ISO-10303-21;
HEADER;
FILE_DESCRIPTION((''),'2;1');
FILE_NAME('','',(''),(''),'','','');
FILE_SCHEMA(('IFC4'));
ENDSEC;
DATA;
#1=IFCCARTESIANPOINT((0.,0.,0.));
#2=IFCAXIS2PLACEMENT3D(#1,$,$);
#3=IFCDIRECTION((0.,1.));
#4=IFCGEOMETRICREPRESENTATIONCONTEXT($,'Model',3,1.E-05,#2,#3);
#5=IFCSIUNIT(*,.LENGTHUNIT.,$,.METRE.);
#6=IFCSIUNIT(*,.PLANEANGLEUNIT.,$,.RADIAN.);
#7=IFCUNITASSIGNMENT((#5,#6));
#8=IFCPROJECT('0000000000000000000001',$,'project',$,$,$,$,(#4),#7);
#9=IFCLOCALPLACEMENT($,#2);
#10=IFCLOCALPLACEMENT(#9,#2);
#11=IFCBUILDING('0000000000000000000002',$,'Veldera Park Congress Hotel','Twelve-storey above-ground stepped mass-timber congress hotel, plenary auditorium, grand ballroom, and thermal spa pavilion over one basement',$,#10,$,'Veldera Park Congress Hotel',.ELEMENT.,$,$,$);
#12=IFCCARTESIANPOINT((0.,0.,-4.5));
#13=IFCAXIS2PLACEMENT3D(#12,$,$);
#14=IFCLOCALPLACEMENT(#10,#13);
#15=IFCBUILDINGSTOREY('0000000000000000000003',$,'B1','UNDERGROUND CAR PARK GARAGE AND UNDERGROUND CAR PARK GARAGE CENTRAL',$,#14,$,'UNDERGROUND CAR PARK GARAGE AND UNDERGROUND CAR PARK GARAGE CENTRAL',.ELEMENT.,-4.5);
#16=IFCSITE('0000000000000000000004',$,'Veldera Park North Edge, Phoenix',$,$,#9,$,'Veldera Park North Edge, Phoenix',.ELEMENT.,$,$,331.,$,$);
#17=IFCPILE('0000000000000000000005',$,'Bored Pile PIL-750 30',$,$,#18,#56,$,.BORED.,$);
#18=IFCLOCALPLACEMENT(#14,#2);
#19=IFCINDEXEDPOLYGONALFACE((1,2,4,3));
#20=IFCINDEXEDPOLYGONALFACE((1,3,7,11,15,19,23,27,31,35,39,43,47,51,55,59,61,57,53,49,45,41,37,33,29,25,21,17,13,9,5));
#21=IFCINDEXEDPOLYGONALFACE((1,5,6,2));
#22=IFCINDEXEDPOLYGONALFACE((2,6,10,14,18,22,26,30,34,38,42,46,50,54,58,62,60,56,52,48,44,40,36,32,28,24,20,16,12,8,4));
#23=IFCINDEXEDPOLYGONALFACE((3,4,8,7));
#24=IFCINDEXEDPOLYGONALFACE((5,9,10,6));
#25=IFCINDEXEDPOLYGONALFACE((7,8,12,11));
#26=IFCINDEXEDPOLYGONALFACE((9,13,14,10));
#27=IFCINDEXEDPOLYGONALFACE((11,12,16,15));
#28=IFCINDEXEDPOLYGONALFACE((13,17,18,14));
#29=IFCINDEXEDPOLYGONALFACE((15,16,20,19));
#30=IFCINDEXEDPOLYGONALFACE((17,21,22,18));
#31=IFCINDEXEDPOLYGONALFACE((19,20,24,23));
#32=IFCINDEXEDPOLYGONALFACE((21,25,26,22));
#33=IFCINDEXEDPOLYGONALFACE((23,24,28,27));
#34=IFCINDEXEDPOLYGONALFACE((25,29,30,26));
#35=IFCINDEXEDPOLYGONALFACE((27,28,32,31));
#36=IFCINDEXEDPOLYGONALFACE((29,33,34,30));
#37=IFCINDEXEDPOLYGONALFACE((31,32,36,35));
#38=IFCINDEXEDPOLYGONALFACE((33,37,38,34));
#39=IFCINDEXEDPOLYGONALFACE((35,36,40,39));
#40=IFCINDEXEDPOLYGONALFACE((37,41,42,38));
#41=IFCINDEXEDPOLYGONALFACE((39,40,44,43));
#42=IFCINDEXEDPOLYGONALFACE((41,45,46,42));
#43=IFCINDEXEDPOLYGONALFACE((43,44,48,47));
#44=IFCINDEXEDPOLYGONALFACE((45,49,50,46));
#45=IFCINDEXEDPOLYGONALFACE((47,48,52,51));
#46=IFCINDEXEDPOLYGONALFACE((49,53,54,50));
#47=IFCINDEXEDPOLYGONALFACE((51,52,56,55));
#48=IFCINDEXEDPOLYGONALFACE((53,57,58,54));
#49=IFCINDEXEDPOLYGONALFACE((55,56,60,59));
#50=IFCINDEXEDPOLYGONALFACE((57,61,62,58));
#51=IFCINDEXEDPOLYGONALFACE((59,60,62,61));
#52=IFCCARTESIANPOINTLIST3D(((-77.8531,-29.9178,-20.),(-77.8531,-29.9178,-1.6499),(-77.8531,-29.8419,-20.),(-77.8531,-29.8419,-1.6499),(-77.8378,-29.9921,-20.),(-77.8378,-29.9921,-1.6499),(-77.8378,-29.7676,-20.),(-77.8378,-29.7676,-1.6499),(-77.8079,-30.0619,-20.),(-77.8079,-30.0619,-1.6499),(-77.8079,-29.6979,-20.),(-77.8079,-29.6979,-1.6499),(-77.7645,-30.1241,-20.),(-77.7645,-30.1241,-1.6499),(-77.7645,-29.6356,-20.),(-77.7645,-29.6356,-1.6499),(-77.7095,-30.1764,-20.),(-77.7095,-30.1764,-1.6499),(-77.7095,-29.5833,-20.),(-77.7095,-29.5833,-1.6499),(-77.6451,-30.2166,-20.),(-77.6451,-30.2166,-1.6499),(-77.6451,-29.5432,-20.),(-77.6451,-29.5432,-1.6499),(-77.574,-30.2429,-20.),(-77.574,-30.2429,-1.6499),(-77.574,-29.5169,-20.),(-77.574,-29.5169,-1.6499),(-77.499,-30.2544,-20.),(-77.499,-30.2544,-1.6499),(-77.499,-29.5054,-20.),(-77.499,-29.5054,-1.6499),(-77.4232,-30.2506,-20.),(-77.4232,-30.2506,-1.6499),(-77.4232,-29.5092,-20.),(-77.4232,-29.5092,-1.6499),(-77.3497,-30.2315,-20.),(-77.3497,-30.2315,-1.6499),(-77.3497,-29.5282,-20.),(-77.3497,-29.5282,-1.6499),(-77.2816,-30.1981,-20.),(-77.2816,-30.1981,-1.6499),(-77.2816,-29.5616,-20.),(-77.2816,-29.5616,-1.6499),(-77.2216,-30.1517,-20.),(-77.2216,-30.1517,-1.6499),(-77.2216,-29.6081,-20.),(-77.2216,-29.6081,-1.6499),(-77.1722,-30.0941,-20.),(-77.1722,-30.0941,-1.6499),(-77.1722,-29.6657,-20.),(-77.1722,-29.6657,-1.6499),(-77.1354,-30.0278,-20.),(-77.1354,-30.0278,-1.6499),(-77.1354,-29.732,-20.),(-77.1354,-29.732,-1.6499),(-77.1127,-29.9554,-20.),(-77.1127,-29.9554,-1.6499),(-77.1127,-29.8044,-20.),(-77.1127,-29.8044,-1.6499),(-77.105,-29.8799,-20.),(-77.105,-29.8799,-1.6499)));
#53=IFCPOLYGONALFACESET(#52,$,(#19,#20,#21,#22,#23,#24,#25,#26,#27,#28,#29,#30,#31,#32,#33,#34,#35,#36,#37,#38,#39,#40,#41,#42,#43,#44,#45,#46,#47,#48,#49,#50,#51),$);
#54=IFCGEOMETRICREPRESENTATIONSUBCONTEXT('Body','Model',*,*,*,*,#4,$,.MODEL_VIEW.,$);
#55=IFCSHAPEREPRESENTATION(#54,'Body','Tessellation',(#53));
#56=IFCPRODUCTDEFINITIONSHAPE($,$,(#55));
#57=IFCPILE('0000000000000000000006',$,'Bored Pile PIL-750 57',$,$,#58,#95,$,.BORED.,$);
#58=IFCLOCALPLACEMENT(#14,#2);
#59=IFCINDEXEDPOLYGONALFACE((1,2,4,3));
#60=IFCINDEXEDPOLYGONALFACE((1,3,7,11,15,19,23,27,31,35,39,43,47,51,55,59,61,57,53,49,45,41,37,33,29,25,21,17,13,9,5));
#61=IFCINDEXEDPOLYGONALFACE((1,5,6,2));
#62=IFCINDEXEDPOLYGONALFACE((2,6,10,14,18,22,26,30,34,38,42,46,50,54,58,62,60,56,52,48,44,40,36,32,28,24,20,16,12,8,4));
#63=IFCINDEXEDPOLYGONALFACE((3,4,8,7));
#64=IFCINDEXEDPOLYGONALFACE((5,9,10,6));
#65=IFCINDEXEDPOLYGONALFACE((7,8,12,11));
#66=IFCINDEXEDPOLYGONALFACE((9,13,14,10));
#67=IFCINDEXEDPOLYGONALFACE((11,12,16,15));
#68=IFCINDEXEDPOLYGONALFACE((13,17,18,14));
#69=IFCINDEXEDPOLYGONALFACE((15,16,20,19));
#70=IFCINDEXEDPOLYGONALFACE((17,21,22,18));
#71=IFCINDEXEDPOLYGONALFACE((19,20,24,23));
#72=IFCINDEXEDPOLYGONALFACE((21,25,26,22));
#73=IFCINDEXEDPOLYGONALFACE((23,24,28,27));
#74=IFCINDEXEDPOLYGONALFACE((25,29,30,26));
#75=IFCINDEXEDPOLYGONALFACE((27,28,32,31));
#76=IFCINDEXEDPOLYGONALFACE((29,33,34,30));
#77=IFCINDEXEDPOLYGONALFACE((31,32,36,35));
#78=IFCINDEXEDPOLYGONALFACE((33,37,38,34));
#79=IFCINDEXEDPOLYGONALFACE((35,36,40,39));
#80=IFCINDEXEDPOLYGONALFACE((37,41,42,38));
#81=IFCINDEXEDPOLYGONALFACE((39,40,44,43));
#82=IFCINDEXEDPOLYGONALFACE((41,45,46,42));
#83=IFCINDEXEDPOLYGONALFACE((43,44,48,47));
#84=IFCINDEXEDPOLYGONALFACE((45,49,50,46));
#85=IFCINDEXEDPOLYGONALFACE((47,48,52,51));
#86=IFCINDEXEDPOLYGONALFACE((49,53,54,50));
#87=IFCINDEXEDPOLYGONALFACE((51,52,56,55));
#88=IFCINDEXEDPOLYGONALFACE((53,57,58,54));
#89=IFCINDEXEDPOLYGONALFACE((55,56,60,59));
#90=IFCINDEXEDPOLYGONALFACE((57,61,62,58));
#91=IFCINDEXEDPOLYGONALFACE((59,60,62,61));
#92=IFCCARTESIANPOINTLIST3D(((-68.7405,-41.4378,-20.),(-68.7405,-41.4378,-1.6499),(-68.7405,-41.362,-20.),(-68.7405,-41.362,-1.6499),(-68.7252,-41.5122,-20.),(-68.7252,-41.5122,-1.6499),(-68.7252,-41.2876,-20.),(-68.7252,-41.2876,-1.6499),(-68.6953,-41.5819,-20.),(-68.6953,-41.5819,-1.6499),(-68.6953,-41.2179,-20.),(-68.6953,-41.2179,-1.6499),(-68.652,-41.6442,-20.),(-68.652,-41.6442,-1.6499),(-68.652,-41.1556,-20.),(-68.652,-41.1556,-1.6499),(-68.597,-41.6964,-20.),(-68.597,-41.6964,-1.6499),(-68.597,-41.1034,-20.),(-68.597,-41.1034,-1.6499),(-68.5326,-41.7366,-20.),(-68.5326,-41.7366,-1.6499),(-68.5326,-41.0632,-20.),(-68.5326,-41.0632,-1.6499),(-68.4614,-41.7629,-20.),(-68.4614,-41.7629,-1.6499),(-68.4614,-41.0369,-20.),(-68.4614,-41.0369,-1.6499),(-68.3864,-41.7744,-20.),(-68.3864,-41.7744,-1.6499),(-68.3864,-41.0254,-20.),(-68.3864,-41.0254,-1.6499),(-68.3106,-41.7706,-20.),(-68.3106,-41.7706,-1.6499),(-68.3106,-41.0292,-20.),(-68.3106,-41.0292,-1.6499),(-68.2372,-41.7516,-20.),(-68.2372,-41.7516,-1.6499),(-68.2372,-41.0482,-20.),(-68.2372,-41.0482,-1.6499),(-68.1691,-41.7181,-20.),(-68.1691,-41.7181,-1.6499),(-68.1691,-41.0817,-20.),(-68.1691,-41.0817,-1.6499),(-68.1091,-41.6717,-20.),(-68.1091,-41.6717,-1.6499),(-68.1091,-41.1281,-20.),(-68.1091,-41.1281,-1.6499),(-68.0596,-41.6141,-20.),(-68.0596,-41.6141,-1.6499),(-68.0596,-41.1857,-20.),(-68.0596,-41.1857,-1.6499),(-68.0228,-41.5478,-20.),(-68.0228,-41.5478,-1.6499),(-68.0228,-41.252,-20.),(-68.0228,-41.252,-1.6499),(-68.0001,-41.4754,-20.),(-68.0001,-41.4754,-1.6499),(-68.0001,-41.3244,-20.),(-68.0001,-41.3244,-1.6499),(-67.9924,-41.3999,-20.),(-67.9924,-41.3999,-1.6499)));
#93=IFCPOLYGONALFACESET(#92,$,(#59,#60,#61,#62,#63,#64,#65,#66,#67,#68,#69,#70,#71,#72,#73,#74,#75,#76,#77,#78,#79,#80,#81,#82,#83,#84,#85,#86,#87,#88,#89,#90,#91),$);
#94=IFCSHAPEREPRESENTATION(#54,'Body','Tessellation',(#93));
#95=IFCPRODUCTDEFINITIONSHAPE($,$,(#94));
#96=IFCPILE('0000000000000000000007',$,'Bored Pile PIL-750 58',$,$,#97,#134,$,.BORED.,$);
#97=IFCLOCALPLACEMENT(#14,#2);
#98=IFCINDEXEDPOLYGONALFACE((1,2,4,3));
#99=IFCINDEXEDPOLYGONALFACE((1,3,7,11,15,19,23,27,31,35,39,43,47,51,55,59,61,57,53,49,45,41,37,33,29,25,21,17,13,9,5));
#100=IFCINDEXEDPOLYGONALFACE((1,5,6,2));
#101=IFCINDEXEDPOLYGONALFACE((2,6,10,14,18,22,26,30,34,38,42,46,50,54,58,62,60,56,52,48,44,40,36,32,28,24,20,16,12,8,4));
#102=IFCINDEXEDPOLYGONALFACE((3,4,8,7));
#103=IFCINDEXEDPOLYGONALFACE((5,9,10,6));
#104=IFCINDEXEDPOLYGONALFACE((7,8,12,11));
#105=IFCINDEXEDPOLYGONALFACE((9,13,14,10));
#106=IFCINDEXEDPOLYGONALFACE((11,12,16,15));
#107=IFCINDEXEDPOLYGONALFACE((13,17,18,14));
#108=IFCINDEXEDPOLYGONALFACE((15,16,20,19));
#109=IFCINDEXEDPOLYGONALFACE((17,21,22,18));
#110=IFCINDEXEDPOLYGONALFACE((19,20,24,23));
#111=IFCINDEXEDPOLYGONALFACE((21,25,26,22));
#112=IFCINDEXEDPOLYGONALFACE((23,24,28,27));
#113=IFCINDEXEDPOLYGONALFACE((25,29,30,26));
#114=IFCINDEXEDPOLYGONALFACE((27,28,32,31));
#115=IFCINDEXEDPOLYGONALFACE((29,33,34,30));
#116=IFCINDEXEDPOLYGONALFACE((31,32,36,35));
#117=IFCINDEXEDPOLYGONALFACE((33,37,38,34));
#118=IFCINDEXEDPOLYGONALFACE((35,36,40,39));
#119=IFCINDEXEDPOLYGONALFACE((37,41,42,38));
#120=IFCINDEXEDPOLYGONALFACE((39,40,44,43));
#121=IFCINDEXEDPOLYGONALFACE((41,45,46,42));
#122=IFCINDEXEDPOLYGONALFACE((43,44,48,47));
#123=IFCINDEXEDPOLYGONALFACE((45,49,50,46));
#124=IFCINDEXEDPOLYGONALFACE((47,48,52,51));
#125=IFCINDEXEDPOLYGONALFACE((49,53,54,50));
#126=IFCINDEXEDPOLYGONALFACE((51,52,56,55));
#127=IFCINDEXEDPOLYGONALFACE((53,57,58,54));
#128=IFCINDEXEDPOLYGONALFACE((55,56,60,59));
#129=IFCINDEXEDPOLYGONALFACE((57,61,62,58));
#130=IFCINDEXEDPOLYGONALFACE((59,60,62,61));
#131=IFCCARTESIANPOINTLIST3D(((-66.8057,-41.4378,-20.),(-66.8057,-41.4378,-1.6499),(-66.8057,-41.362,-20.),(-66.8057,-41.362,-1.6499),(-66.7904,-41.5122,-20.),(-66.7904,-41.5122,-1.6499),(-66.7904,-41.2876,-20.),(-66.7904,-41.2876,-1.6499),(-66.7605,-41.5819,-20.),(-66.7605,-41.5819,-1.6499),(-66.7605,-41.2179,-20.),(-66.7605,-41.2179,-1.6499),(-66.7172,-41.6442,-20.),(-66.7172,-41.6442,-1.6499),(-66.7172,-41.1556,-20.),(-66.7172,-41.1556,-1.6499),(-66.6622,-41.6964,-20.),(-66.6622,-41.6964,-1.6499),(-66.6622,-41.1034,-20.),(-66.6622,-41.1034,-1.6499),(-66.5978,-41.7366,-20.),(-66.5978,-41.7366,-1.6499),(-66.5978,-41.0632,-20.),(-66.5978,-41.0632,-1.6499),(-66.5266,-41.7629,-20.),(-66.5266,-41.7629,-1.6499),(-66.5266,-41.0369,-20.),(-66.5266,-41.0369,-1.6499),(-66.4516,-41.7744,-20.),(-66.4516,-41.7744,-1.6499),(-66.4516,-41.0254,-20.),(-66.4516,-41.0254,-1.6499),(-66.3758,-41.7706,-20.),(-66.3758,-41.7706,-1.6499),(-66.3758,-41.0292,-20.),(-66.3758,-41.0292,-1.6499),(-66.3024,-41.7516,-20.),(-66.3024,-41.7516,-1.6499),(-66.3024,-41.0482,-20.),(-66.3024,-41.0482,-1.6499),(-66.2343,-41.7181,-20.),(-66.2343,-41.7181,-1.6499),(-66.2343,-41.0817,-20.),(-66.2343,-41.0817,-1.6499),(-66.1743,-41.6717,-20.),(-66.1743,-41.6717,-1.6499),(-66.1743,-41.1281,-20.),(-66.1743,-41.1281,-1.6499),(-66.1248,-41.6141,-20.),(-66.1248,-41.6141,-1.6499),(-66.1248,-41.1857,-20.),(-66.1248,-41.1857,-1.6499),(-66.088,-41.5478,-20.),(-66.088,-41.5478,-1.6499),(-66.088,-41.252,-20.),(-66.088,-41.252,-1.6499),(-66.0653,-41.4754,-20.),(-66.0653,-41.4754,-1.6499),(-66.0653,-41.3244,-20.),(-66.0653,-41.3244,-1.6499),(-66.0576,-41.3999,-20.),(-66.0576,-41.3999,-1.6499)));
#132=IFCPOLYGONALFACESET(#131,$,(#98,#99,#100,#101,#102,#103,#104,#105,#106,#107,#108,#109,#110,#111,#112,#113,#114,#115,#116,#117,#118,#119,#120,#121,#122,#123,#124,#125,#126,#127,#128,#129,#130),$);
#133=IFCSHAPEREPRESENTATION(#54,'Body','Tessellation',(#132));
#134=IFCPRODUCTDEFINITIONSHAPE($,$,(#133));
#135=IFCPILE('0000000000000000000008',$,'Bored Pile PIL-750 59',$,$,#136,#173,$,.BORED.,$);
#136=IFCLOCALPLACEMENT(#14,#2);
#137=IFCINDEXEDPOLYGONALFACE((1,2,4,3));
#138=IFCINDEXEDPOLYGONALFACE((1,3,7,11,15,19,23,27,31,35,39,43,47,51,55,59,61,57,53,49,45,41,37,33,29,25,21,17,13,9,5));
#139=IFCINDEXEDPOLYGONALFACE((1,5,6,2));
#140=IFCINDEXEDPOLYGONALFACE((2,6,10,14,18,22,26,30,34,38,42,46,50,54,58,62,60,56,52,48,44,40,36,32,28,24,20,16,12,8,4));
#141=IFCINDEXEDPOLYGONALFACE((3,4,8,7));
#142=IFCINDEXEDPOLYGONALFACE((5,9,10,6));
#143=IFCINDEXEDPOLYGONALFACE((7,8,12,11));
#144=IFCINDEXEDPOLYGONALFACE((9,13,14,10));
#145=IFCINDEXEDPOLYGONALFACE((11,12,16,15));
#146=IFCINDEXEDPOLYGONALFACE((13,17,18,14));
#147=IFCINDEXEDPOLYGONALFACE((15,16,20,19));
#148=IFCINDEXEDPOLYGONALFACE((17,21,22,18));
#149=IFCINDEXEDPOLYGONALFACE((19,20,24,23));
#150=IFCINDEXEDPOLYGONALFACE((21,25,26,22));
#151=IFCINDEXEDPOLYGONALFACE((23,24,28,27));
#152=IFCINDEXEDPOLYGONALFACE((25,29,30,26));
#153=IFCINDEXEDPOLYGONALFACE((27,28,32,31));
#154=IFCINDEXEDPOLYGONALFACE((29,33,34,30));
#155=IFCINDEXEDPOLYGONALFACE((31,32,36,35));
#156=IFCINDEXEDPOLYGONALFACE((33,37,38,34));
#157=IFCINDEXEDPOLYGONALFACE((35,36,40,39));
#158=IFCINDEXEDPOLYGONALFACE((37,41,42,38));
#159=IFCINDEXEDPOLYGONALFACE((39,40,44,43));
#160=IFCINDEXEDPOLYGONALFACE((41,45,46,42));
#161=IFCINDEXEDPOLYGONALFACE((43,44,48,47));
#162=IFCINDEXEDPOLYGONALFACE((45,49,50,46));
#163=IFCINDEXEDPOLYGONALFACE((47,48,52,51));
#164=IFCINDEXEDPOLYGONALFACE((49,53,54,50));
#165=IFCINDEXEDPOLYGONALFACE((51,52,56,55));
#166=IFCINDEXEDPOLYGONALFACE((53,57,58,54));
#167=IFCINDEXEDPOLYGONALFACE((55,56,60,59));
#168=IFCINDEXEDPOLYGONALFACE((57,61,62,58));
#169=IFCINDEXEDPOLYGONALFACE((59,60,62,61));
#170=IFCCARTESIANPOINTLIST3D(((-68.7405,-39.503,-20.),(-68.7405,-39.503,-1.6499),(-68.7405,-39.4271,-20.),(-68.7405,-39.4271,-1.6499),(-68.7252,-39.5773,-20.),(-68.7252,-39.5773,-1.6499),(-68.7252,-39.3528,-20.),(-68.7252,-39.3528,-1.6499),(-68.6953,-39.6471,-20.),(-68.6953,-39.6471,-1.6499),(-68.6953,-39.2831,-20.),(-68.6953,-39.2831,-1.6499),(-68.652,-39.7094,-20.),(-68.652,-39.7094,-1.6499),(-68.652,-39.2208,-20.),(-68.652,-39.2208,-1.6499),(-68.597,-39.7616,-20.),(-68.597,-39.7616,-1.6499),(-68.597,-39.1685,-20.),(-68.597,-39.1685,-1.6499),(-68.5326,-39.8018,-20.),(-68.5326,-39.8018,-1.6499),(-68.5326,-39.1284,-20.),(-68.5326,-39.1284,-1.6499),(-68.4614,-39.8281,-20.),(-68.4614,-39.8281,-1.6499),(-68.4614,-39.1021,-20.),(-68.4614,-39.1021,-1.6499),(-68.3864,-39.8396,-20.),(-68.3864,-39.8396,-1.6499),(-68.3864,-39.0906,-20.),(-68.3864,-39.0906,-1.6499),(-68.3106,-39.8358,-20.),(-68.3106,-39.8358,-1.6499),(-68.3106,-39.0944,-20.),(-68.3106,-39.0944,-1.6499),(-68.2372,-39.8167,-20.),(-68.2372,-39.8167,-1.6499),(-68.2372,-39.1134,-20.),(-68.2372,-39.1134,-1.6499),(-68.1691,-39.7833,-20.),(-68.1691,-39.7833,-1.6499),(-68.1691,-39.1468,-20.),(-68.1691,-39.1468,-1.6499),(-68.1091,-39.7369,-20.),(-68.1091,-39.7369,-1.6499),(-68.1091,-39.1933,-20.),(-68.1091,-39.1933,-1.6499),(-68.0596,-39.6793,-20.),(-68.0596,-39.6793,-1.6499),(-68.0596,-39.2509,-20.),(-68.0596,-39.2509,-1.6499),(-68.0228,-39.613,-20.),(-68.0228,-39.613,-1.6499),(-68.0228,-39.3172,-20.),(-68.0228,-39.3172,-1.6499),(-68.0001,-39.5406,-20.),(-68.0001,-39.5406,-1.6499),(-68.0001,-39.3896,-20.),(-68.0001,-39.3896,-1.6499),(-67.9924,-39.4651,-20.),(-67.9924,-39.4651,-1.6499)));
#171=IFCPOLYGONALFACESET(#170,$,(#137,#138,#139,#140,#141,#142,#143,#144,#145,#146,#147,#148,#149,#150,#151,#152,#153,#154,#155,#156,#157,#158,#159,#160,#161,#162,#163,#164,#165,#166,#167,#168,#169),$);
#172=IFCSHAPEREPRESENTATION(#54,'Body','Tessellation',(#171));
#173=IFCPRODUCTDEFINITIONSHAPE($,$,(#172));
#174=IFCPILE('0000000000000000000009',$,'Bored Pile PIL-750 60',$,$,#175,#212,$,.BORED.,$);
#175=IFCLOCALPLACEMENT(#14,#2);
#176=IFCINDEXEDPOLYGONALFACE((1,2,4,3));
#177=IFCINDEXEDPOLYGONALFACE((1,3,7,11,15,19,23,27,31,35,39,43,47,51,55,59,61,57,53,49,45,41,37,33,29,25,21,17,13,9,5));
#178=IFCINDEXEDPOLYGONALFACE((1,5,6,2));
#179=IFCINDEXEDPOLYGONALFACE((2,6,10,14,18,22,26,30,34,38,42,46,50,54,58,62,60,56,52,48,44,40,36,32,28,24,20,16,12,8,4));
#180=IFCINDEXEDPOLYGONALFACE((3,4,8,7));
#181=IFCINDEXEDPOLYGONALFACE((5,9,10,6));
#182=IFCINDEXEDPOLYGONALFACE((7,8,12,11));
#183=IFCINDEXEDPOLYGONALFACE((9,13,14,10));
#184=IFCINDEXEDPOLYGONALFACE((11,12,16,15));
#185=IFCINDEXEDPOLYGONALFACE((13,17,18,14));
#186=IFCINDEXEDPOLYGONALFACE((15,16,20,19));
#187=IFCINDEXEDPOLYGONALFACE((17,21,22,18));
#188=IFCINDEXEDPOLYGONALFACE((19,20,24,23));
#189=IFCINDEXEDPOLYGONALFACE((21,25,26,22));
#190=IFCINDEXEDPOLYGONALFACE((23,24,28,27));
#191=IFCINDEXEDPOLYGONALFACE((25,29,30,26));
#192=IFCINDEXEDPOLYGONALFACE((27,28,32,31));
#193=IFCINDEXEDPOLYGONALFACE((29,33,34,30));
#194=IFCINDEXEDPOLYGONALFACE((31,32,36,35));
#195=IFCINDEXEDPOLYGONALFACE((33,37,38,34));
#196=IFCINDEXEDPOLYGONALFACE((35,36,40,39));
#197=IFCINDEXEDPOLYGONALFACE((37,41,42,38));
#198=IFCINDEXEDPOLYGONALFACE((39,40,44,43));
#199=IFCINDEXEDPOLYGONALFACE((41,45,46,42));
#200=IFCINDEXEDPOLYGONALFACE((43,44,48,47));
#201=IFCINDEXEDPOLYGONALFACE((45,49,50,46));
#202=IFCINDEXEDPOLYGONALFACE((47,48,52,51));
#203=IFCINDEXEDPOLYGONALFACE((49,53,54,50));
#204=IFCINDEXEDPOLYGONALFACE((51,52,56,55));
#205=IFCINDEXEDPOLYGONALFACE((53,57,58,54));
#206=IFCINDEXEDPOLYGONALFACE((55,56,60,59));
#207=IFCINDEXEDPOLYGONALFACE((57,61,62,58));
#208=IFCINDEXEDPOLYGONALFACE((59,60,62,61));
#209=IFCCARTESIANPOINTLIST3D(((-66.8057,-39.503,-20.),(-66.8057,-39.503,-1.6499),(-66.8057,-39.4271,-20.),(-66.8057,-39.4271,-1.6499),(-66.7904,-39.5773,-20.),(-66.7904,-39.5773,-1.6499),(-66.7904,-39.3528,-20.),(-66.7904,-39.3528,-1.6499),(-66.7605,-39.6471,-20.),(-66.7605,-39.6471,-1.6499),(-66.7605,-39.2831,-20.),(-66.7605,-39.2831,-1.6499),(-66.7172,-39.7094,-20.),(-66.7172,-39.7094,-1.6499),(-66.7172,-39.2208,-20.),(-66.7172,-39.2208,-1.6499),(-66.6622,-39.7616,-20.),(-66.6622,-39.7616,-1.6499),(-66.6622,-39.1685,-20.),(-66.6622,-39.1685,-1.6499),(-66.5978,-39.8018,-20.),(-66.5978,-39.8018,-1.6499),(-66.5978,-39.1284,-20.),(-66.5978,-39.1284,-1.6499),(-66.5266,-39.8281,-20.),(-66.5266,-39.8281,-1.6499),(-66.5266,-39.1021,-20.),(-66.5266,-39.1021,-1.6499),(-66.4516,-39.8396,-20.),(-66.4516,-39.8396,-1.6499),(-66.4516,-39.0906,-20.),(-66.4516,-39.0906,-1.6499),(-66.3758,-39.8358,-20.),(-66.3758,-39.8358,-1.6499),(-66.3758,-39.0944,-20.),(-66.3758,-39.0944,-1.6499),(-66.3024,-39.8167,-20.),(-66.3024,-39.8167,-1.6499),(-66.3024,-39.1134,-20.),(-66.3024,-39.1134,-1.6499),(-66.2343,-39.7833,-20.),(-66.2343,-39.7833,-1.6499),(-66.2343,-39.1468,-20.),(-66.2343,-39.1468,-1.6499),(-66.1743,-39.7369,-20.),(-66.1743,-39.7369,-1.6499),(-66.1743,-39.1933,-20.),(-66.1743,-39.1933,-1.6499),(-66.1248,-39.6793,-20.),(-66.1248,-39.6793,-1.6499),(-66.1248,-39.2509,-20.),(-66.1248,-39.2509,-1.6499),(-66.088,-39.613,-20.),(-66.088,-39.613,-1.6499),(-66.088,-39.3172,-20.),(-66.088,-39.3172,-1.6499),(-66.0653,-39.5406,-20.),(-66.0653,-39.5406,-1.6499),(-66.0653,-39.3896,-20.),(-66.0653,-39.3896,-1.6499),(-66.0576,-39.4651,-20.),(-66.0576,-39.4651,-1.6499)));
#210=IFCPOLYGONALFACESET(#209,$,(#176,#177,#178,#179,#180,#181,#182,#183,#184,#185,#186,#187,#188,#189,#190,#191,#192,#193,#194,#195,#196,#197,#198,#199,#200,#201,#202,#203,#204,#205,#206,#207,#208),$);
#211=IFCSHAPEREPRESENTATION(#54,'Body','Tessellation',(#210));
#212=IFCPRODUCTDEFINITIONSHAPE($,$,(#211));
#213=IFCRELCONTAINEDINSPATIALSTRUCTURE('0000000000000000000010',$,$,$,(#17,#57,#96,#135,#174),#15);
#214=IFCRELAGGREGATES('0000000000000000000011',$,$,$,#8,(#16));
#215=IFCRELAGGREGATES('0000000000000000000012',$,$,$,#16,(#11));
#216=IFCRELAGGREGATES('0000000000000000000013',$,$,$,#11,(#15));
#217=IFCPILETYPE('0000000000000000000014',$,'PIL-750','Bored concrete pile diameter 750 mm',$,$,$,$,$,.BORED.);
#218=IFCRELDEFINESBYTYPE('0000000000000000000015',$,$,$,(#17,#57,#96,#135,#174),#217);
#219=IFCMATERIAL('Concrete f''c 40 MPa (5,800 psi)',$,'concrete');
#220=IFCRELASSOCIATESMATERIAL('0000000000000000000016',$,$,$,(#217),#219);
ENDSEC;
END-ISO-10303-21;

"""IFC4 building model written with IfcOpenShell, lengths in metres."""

from ifc_helpers import new_model, si_unit, direction, frame, origin, origin_2d, place, context, subcontext, project, spatial, circle, extrude, material, material_profile, profile_set, type_object, element, save


model = new_model("IFC4")

# Units and contexts
model_context = context("Model", 3, precision=1e-05, world=origin(), true_north=direction((0.0, 1.0)))
body_context = subcontext(model_context, "Body", "Model", "MODEL_VIEW")
ifc_project = project(units=[si_unit("LENGTHUNIT", "METRE"), si_unit("PLANEANGLEUNIT", "RADIAN")], contexts=[model_context])

# Site, building, storey
site_placement = place(None, origin())
site = spatial("IfcSite", under=ifc_project, at=site_placement, Name="Veldera Park North Edge, Phoenix", LongName="Veldera Park North Edge, Phoenix", CompositionType="ELEMENT", RefElevation=331.0)
building_placement = place(site_placement, origin())
building = spatial("IfcBuilding", under=site, at=building_placement, Name="Veldera Park Congress Hotel", Description="Twelve-storey above-ground stepped mass-timber congress hotel, plenary auditorium, grand ballroom, and thermal spa pavilion over one basement", LongName="Veldera Park Congress Hotel", CompositionType="ELEMENT")
storey_placement = place(building_placement, frame((0.0, 0.0, -4.5)))
storey = spatial("IfcBuildingStorey", under=building, at=storey_placement, Name="B1", Description="UNDERGROUND CAR PARK GARAGE AND UNDERGROUND CAR PARK GARAGE CENTRAL", LongName="UNDERGROUND CAR PARK GARAGE AND UNDERGROUND CAR PARK GARAGE CENTRAL", CompositionType="ELEMENT", Elevation=-4.5)

# Shared definitions
ifc_material = material(Name="Concrete f'c 40 MPa (5,800 psi)", Category="concrete")

# Piles
ifc_material_profile_1 = material_profile(ifc_material, circle(Radius=0.375, at=origin_2d()), Name="PILE D750")
ifc_profile_set_1 = profile_set([ifc_material_profile_1], Name="Concrete f'c 40 MPa (5,800 psi)")
pile_type_1 = type_object("IfcPileType", Name="PIL-750", Description="Bored concrete pile diameter 750 mm", PredefinedType="BORED", material=ifc_profile_set_1)
for number, where, z_axis, x_axis, name in (
    (1, (-77.48, -29.8799, -1.6499), (0.0, 0.0, -1.0), (1.0, 0.0, 0.0), "Bored Pile PIL-750 30"),
    (2, (-68.3674, -41.3999, -1.6499), (0.0, 0.0, -1.0), (1.0, 0.0, 0.0), "Bored Pile PIL-750 57"),
    (3, (-66.4326, -41.3999, -1.6499), (0.0, 0.0, -1.0), (1.0, 0.0, 0.0), "Bored Pile PIL-750 58"),
    (4, (-68.3674, -39.4651, -1.6499), (0.0, 0.0, -1.0), (1.0, 0.0, 0.0), "Bored Pile PIL-750 59"),
    (5, (-66.4326, -39.4651, -1.6499), (0.0, 0.0, -1.0), (1.0, 0.0, 0.0), "Bored Pile PIL-750 60"),
):
    element("IfcPile", number, at=place(storey_placement, frame(where, z_axis=z_axis, x_axis=x_axis)), inside=storey, type_object=pile_type_1, Name=name, PredefinedType="BORED", context=body_context, shape_type="SweptSolid", body=[
        extrude(circle(Radius=0.375, at=origin_2d()), origin(), (0.0, 0.0, 1.0), 18.3501),
    ])

save(model, "model.ifc")
